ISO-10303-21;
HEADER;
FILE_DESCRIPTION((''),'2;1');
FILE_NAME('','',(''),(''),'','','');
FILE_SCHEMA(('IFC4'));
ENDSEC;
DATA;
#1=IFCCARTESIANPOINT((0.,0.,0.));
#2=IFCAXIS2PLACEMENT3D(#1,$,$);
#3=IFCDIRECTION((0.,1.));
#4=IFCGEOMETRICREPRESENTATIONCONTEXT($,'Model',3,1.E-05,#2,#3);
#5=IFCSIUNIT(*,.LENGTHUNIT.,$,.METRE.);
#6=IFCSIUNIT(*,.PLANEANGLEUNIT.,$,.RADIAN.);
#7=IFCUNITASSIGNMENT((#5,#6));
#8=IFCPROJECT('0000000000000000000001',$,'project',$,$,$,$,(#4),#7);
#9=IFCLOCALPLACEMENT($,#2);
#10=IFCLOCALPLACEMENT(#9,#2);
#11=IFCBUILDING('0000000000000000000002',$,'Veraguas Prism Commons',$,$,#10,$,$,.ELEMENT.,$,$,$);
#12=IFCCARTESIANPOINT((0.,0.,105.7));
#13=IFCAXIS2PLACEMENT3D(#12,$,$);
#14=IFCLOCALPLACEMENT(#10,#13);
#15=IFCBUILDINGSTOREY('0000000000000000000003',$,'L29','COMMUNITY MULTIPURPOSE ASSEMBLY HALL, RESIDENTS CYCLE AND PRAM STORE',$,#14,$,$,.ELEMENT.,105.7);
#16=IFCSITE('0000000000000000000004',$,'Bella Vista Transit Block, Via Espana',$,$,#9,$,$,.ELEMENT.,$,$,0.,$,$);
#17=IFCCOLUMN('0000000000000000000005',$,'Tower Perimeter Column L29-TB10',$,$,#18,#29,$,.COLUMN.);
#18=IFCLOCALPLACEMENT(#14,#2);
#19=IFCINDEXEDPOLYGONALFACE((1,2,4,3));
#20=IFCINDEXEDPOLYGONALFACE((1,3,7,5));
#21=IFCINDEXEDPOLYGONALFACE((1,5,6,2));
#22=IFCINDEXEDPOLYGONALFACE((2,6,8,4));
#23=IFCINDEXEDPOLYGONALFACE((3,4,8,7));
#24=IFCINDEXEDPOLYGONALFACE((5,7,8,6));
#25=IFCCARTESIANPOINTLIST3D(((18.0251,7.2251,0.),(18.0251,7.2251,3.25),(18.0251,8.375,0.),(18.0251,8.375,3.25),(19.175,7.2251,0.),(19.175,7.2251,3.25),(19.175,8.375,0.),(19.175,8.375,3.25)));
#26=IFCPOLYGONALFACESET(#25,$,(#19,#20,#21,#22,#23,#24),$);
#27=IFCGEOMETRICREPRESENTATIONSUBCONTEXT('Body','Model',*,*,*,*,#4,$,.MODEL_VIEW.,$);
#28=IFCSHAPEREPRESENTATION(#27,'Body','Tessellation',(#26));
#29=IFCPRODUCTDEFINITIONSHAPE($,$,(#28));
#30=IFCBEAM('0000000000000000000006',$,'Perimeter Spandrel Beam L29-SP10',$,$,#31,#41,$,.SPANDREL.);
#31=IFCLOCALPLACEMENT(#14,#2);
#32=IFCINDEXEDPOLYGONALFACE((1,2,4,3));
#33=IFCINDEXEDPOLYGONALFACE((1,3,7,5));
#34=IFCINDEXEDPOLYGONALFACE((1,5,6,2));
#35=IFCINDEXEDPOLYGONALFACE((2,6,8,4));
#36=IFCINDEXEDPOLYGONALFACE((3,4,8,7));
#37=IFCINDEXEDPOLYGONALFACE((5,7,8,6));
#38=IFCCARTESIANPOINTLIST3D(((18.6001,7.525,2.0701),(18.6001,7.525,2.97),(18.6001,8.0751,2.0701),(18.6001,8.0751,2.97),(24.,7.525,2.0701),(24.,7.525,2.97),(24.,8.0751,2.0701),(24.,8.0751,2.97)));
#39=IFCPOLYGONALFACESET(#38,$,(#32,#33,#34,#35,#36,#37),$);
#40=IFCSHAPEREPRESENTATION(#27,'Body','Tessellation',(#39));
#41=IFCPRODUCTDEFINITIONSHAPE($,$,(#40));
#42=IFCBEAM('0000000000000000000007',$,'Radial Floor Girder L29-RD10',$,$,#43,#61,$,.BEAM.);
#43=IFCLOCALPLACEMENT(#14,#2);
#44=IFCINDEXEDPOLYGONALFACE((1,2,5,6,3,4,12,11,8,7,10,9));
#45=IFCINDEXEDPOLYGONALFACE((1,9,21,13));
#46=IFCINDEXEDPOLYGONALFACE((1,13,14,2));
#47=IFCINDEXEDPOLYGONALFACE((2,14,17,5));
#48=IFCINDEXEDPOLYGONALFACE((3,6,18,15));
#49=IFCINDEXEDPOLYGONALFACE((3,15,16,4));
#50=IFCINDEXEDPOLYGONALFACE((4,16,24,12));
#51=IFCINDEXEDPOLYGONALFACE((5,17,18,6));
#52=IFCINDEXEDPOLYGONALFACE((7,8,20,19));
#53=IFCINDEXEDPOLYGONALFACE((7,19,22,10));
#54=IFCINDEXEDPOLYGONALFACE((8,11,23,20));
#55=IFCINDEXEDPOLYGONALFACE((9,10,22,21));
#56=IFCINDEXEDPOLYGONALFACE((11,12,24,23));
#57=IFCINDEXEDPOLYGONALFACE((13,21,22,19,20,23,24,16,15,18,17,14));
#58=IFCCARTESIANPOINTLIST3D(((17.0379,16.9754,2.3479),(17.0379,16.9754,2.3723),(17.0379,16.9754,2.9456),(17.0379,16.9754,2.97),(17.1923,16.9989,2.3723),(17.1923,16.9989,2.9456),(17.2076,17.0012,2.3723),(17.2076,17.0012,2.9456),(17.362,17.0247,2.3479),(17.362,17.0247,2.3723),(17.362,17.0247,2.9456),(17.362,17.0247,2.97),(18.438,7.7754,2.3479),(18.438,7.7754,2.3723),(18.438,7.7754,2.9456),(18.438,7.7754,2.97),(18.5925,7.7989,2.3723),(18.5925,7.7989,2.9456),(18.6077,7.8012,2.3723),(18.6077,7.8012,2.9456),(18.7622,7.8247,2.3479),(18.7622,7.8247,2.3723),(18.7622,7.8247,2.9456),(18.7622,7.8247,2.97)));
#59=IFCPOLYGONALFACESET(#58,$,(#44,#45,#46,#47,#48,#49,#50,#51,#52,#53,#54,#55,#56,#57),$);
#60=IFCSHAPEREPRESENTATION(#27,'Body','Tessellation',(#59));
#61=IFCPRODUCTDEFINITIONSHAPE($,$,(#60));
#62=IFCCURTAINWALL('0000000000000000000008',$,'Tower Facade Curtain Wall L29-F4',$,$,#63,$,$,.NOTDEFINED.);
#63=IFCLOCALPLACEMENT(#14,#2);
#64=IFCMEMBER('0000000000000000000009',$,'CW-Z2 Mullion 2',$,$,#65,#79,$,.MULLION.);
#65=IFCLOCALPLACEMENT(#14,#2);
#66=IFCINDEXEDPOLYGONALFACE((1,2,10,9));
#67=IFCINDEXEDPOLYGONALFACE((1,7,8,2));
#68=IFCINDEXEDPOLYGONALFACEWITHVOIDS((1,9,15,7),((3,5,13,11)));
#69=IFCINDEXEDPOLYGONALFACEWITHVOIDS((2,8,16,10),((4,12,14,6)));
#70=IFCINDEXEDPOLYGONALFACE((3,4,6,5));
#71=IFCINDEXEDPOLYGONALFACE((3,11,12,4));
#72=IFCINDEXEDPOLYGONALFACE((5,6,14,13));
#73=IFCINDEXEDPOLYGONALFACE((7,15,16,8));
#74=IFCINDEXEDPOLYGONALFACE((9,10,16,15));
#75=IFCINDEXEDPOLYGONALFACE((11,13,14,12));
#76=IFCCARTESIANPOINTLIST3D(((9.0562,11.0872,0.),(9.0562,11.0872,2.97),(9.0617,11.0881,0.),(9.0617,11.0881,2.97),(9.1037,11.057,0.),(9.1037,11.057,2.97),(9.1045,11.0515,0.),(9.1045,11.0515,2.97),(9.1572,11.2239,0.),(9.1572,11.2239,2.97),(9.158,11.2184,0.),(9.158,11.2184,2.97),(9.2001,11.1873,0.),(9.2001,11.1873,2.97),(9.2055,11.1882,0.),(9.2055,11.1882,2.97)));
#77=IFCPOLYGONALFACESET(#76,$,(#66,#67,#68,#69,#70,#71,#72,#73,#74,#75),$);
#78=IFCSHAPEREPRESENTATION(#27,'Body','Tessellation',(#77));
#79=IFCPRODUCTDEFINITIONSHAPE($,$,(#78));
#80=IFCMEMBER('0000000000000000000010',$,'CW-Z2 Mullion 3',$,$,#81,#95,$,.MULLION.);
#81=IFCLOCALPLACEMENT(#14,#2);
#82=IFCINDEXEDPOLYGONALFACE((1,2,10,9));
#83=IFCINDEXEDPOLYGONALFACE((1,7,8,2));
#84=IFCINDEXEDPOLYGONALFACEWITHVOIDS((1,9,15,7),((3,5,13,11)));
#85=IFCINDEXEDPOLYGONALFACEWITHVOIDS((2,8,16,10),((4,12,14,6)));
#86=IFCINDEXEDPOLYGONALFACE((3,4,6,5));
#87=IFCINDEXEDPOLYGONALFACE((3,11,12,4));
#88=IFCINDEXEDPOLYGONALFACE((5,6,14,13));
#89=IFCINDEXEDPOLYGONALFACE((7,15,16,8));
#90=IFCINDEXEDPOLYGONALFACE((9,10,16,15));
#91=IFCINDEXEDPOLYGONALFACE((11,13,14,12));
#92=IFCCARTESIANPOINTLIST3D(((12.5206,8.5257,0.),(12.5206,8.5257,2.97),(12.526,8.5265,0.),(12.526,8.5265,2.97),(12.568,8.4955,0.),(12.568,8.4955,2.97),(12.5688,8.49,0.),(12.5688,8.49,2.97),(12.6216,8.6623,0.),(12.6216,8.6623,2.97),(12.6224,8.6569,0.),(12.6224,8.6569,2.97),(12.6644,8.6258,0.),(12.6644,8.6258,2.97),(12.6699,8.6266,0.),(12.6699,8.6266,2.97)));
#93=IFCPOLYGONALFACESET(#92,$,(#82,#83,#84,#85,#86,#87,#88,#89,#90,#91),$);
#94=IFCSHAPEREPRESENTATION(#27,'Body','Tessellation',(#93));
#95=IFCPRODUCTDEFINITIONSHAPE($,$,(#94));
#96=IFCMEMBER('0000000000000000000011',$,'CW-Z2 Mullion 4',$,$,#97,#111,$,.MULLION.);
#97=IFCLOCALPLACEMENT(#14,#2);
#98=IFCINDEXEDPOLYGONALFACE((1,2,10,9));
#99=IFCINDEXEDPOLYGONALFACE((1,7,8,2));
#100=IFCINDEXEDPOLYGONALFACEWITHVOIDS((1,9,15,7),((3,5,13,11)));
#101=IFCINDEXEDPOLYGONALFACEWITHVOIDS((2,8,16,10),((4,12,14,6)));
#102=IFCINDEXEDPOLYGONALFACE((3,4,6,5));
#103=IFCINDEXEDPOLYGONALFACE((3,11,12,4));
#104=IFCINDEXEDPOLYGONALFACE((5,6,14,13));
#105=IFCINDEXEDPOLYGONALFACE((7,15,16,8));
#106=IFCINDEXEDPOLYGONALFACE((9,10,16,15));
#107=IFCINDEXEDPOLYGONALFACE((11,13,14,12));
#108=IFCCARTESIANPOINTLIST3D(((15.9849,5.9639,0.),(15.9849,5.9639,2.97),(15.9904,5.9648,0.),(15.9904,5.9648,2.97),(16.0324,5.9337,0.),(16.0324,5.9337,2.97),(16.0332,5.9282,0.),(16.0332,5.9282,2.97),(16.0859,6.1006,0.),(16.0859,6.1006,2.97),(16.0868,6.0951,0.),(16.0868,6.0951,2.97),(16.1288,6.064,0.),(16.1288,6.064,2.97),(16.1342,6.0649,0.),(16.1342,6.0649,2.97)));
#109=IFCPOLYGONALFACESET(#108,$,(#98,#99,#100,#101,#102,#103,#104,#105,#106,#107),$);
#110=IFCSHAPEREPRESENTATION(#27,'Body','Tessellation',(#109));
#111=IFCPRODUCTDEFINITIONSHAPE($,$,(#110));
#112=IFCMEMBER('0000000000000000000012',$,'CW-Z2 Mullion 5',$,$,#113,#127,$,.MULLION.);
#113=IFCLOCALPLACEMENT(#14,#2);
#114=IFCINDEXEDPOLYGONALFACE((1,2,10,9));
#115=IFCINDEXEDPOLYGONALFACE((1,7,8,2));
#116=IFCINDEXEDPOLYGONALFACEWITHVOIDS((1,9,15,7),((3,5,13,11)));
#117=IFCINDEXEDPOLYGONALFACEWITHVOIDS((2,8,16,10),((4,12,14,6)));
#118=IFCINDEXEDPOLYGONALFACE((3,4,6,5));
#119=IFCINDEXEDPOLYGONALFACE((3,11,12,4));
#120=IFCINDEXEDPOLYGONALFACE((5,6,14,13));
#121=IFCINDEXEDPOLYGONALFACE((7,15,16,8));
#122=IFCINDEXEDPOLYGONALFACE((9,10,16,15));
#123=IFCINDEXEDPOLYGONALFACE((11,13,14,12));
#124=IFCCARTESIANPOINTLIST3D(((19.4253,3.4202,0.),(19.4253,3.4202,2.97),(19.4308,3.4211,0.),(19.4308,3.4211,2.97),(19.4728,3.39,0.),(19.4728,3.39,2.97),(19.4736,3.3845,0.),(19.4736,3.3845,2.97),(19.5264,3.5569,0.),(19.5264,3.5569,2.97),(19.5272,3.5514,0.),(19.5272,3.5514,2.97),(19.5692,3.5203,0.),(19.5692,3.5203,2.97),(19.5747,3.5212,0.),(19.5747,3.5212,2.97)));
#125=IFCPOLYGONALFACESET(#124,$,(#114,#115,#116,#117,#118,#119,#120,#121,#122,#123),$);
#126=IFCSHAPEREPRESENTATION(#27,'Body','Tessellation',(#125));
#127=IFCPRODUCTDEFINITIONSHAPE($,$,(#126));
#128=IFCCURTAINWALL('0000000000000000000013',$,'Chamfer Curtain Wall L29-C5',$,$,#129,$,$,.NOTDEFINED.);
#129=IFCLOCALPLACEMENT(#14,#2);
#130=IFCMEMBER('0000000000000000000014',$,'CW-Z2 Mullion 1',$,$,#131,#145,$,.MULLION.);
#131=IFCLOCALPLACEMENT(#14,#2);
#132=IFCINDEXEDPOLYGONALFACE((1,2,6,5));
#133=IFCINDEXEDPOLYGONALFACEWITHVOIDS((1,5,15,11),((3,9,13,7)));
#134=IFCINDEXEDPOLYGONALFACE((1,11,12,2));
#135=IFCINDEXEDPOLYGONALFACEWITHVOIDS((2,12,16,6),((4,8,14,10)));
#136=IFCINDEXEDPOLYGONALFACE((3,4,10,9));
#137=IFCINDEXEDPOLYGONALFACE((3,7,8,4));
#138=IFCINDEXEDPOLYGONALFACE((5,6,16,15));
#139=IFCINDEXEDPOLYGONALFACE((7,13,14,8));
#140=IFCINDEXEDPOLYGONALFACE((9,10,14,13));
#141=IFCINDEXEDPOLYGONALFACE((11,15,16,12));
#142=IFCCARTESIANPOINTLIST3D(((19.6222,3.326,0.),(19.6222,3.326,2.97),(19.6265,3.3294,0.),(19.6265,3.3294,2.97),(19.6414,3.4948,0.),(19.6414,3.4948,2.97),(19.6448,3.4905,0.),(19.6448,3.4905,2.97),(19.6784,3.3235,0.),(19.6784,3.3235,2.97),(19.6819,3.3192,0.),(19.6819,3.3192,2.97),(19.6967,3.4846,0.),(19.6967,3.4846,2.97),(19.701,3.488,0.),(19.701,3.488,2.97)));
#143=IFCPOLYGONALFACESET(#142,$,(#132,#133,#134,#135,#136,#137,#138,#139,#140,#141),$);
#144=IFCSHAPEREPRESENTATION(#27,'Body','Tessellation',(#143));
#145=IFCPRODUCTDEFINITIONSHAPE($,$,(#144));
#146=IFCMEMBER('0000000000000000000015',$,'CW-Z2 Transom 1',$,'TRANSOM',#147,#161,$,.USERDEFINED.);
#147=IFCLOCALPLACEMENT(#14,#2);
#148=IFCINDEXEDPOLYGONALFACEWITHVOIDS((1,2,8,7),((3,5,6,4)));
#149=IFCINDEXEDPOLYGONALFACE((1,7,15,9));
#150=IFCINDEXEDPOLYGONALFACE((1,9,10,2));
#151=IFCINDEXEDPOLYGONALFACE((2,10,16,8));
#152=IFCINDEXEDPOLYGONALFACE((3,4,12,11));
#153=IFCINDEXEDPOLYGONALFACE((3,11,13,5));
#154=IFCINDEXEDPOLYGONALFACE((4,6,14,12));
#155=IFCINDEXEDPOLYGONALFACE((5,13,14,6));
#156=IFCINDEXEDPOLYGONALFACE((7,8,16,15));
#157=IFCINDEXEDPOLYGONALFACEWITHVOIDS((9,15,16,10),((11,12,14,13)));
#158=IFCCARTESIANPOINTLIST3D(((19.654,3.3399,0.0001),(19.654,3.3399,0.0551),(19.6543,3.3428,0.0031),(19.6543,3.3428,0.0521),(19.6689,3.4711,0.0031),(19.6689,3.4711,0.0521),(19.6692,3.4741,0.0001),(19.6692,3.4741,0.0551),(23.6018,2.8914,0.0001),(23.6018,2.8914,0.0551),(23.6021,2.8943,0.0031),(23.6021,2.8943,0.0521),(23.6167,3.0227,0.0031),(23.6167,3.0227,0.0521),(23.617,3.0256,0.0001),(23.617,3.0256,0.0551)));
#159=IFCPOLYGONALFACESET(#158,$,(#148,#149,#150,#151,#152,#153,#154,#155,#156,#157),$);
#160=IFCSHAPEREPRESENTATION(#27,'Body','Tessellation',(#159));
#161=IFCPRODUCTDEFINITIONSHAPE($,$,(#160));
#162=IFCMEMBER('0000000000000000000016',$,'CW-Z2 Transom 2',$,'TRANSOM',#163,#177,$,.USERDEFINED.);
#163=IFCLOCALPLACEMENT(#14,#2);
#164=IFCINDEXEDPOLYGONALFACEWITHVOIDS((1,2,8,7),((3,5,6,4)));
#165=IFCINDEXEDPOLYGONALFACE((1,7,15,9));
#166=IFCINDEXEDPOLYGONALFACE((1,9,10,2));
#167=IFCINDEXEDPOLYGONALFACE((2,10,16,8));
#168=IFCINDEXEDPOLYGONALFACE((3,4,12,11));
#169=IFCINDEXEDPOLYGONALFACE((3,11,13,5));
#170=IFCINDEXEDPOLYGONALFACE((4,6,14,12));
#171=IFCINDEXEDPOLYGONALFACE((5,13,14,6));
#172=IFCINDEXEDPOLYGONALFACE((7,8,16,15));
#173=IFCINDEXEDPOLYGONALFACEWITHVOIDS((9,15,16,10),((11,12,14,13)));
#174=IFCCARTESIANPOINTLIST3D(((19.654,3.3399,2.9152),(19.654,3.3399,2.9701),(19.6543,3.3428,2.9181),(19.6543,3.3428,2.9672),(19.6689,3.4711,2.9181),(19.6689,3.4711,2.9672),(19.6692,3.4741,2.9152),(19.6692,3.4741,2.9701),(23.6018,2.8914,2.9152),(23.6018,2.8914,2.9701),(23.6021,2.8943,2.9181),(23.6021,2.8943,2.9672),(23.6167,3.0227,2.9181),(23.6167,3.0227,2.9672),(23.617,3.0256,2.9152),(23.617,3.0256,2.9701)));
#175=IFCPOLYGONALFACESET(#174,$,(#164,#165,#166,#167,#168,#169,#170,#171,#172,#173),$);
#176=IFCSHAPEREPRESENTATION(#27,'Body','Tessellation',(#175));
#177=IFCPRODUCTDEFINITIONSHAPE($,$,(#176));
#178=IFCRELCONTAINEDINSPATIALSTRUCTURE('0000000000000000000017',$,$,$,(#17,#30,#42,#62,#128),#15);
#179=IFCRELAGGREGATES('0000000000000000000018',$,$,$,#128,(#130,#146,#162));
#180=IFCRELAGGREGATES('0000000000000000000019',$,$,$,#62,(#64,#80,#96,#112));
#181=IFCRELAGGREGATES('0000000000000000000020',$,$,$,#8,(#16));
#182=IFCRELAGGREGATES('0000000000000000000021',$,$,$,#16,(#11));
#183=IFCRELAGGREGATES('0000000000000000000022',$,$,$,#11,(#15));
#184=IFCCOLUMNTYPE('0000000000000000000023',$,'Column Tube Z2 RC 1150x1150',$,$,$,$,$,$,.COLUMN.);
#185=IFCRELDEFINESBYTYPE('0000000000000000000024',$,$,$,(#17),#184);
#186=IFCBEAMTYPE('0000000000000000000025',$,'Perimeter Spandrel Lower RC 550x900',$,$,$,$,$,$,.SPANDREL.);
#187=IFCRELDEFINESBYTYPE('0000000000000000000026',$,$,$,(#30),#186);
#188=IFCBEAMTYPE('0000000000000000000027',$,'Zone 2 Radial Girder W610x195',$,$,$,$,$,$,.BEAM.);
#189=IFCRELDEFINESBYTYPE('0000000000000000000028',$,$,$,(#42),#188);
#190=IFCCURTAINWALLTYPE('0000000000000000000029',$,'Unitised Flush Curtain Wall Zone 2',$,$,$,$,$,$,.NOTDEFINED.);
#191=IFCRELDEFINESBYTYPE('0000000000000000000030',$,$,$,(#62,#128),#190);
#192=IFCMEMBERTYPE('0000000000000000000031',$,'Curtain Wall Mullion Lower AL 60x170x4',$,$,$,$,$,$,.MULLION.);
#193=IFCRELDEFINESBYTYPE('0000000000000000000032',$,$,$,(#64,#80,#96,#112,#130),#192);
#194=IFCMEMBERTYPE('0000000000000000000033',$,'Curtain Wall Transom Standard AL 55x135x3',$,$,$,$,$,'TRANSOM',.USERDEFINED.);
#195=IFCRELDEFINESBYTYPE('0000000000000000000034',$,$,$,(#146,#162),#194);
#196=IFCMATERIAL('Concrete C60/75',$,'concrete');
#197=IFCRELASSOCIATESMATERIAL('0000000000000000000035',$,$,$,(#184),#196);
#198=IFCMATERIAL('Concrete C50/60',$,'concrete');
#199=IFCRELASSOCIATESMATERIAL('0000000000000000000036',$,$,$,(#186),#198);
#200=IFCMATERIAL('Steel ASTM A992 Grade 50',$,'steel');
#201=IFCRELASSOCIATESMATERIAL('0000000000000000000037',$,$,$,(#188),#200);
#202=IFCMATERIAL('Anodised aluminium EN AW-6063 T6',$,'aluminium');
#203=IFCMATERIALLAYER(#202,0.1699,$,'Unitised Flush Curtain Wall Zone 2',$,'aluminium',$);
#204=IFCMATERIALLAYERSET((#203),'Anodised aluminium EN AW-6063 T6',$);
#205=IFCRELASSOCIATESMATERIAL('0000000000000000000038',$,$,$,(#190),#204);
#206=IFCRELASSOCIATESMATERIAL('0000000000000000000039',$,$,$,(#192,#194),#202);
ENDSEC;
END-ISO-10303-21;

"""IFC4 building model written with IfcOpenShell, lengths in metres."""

from ifc_helpers import new_model, si_unit, direction, frame, origin, origin_2d, place, context, subcontext, project, spatial, rectangle, hollow_rectangle, i_section, extrude, source, transform, mapped, material, layer, layer_set, material_profile, profile_set, type_object, element, aggregate, save


model = new_model("IFC4")

# Units and contexts
model_context = context("Model", 3, precision=1e-05, world=origin(), true_north=direction((0.0, 1.0)))
body_context = subcontext(model_context, "Body", "Model", "MODEL_VIEW")
ifc_project = project(units=[si_unit("LENGTHUNIT", "METRE"), si_unit("PLANEANGLEUNIT", "RADIAN")], contexts=[model_context])

# Site, building, storey
site_placement = place(None, origin())
site = spatial("IfcSite", under=ifc_project, at=site_placement, Name="Bella Vista Transit Block, Via Espana", CompositionType="ELEMENT", RefElevation=0.0)
building_placement = place(site_placement, origin())
building = spatial("IfcBuilding", under=site, at=building_placement, Name="Veraguas Prism Commons", CompositionType="ELEMENT")
storey_placement = place(building_placement, frame((0.0, 0.0, 105.7)))
storey = spatial("IfcBuildingStorey", under=building, at=storey_placement, Name="L29", Description="COMMUNITY MULTIPURPOSE ASSEMBLY HALL, RESIDENTS CYCLE AND PRAM STORE", CompositionType="ELEMENT", Elevation=105.7)

# Column
ifc_material_1 = material(Name="Concrete C60/75", Category="concrete")
ifc_material_profile_1 = material_profile(ifc_material_1, rectangle(XDim=1.1499, YDim=1.1499, at=origin_2d()), Name="RC1150X1150")
ifc_profile_set_1 = profile_set([ifc_material_profile_1], Name="Concrete C60/75")
column_type = type_object("IfcColumnType", Name="Column Tube Z2 RC 1150x1150", PredefinedType="COLUMN", material=ifc_profile_set_1)
column_placement = place(storey_placement, frame((18.6001, 7.8, 0.0), z_axis=(0.0, 0.0, 1.0), x_axis=(1.0, 0.0, 0.0)))
element("IfcColumn", 1, at=column_placement, inside=storey, type_object=column_type, Name="Tower Perimeter Column L29-TB10", PredefinedType="COLUMN", context=body_context, shape_type="SweptSolid", body=[
    extrude(rectangle(XDim=1.1499, YDim=1.1499, at=origin_2d()), origin(), (0.0, 0.0, 1.0), 3.25),
])

# Beams
ifc_material_2 = material(Name="Concrete C50/60", Category="concrete")
ifc_material_profile_2 = material_profile(ifc_material_2, rectangle(XDim=0.55, YDim=0.8999, at=origin_2d()), Name="RC550X900")
ifc_profile_set_2 = profile_set([ifc_material_profile_2], Name="Concrete C50/60")
beam_type_1 = type_object("IfcBeamType", Name="Perimeter Spandrel Lower RC 550x900", PredefinedType="SPANDREL", material=ifc_profile_set_2)
beam_1_placement = place(storey_placement, frame((18.6001, 7.8, 2.52), z_axis=(1.0, 0.0, 0.0), x_axis=(0.0, 1.0, 0.0)))
element("IfcBeam", 2, at=beam_1_placement, inside=storey, type_object=beam_type_1, Name="Perimeter Spandrel Beam L29-SP10", PredefinedType="SPANDREL", context=body_context, shape_type="SweptSolid", body=[
    extrude(rectangle(XDim=0.55, YDim=0.8999, at=origin_2d()), origin(), (0.0, 0.0, 1.0), 5.3999),
])
ifc_material_3 = material(Name="Steel ASTM A992 Grade 50", Category="steel")
ifc_material_profile_3 = material_profile(ifc_material_3, i_section(OverallWidth=0.3279, OverallDepth=0.6221, WebThickness=0.0154, FlangeThickness=0.0244, at=origin_2d()), Name="W610X195")
ifc_profile_set_3 = profile_set([ifc_material_profile_3], Name="Steel ASTM A992 Grade 50")
beam_type_2 = type_object("IfcBeamType", Name="Zone 2 Radial Girder W610x195", PredefinedType="BEAM", material=ifc_profile_set_3)
beam_2_placement = place(storey_placement, frame((18.6001, 7.8, 2.6589), z_axis=(-0.150458, 0.988616, 0.0), x_axis=(-0.988616, -0.150458, 0.0)))
element("IfcBeam", 3, at=beam_2_placement, inside=storey, type_object=beam_type_2, Name="Radial Floor Girder L29-RD10", PredefinedType="BEAM", context=body_context, shape_type="SweptSolid", body=[
    extrude(i_section(OverallWidth=0.3279, OverallDepth=0.6221, WebThickness=0.0154, FlangeThickness=0.0244, at=origin_2d()), origin(), (0.0, 0.0, 1.0), 9.3059),
])

# Curtain walls, members
ifc_material_4 = material(Name="Anodised aluminium EN AW-6063 T6", Category="aluminium")
ifc_layer_1 = layer(ifc_material_4, 0.1699, Name="Unitised Flush Curtain Wall Zone 2", Category="aluminium")
ifc_layer_set_1 = layer_set([ifc_layer_1], Name="Anodised aluminium EN AW-6063 T6")
curtain_wall_type = type_object("IfcCurtainWallType", Name="Unitised Flush Curtain Wall Zone 2", PredefinedType="NOTDEFINED", material=ifc_layer_set_1)
curtain_wall_1_placement = place(storey_placement, origin())
curtain_wall_1 = element("IfcCurtainWall", 4, at=curtain_wall_1_placement, inside=storey, type_object=curtain_wall_type, Name="Tower Facade Curtain Wall L29-F4", PredefinedType="NOTDEFINED")
ifc_material_profile_4 = material_profile(ifc_material_4, hollow_rectangle(XDim=0.0601, YDim=0.1699, WallThickness=0.0039, at=origin_2d()), Name="AL60X170X4")
ifc_profile_set_4 = profile_set([ifc_material_profile_4], Name="Anodised aluminium EN AW-6063 T6")
member_type_1 = type_object("IfcMemberType", Name="Curtain Wall Mullion Lower AL 60x170x4", PredefinedType="MULLION", material=ifc_profile_set_4)
shared_shape_1 = source(origin(), body_context, "Body", "SweptSolid", [
    extrude(hollow_rectangle(XDim=0.0601, YDim=0.1699, WallThickness=0.0039, at=origin_2d()), origin(), (0.0, 0.0, 1.0), 2.97),
])
member_1_placement = place(storey_placement, frame((9.1309, 11.1377, 0.0), z_axis=(0.0, 0.0, 1.0), x_axis=(0.804068, -0.594538, 0.0)))
member_1 = element("IfcMember", 5, at=member_1_placement, type_object=member_type_1, Name="CW-Z2 Mullion 2", PredefinedType="MULLION", context=body_context, shape_type="MappedRepresentation", body=[
    mapped(shared_shape_1, transform((0.0, 0.0, 0.0), scale=1.0)),
])
member_2_placement = place(storey_placement, frame((12.5952, 8.5762, 0.0), z_axis=(0.0, 0.0, 1.0), x_axis=(0.804068, -0.594538, 0.0)))
member_2 = element("IfcMember", 6, at=member_2_placement, type_object=member_type_1, Name="CW-Z2 Mullion 3", PredefinedType="MULLION", context=body_context, shape_type="MappedRepresentation", body=[
    mapped(shared_shape_1, transform((0.0, 0.0, 0.0), scale=1.0)),
])
member_3_placement = place(storey_placement, frame((16.0596, 6.0144, 0.0), z_axis=(0.0, 0.0, 1.0), x_axis=(0.804068, -0.594538, 0.0)))
member_3 = element("IfcMember", 7, at=member_3_placement, type_object=member_type_1, Name="CW-Z2 Mullion 4", PredefinedType="MULLION", context=body_context, shape_type="MappedRepresentation", body=[
    mapped(shared_shape_1, transform((0.0, 0.0, 0.0), scale=1.0)),
])
member_4_placement = place(storey_placement, frame((19.5, 3.4707, 0.0), z_axis=(0.0, 0.0, 1.0), x_axis=(0.804068, -0.594538, 0.0)))
member_4 = element("IfcMember", 8, at=member_4_placement, type_object=member_type_1, Name="CW-Z2 Mullion 5", PredefinedType="MULLION", context=body_context, shape_type="MappedRepresentation", body=[
    mapped(shared_shape_1, transform((0.0, 0.0, 0.0), scale=1.0)),
])
curtain_wall_2_placement = place(storey_placement, origin())
curtain_wall_2 = element("IfcCurtainWall", 9, at=curtain_wall_2_placement, inside=storey, type_object=curtain_wall_type, Name="Chamfer Curtain Wall L29-C5", PredefinedType="NOTDEFINED")
member_5_placement = place(storey_placement, frame((19.6616, 3.407, 0.0), z_axis=(0.0, 0.0, 1.0), x_axis=(0.993613, -0.112839, 0.0)))
member_5 = element("IfcMember", 10, at=member_5_placement, type_object=member_type_1, Name="CW-Z2 Mullion 1", PredefinedType="MULLION", context=body_context, shape_type="MappedRepresentation", body=[
    mapped(shared_shape_1, transform((0.0, 0.0, 0.0), scale=1.0)),
])
ifc_material_profile_5 = material_profile(ifc_material_4, hollow_rectangle(XDim=0.0549, YDim=0.135, WallThickness=0.0029, at=origin_2d()), Name="AL55X135X3")
ifc_profile_set_5 = profile_set([ifc_material_profile_5], Name="Anodised aluminium EN AW-6063 T6")
member_type_2 = type_object("IfcMemberType", Name="Curtain Wall Transom Standard AL 55x135x3", ElementType="TRANSOM", PredefinedType="USERDEFINED", material=ifc_profile_set_5)
shared_shape_2 = source(origin(), body_context, "Body", "SweptSolid", [
    extrude(hollow_rectangle(XDim=0.0549, YDim=0.135, WallThickness=0.0029, at=origin_2d()), origin(), (0.0, 0.0, 1.0), 3.9731),
])
member_6_placement = place(storey_placement, frame((19.6616, 3.407, 0.0276), z_axis=(0.993609, -0.112879, 0.0), x_axis=(0.0, 0.0, 1.0)))
member_6 = element("IfcMember", 11, at=member_6_placement, type_object=member_type_2, Name="CW-Z2 Transom 1", ObjectType="TRANSOM", PredefinedType="USERDEFINED", context=body_context, shape_type="MappedRepresentation", body=[
    mapped(shared_shape_2, transform((0.0, 0.0, 0.0), scale=1.0)),
])
member_7_placement = place(storey_placement, frame((19.6616, 3.407, 2.9426), z_axis=(0.993609, -0.112879, 0.0), x_axis=(0.0, 0.0, 1.0)))
member_7 = element("IfcMember", 12, at=member_7_placement, type_object=member_type_2, Name="CW-Z2 Transom 2", ObjectType="TRANSOM", PredefinedType="USERDEFINED", context=body_context, shape_type="MappedRepresentation", body=[
    mapped(shared_shape_2, transform((0.0, 0.0, 0.0), scale=1.0)),
])
aggregate(curtain_wall_2, [member_5, member_6, member_7])

aggregate(curtain_wall_1, [member_1, member_2, member_3, member_4])

save(model, "model.ifc")
